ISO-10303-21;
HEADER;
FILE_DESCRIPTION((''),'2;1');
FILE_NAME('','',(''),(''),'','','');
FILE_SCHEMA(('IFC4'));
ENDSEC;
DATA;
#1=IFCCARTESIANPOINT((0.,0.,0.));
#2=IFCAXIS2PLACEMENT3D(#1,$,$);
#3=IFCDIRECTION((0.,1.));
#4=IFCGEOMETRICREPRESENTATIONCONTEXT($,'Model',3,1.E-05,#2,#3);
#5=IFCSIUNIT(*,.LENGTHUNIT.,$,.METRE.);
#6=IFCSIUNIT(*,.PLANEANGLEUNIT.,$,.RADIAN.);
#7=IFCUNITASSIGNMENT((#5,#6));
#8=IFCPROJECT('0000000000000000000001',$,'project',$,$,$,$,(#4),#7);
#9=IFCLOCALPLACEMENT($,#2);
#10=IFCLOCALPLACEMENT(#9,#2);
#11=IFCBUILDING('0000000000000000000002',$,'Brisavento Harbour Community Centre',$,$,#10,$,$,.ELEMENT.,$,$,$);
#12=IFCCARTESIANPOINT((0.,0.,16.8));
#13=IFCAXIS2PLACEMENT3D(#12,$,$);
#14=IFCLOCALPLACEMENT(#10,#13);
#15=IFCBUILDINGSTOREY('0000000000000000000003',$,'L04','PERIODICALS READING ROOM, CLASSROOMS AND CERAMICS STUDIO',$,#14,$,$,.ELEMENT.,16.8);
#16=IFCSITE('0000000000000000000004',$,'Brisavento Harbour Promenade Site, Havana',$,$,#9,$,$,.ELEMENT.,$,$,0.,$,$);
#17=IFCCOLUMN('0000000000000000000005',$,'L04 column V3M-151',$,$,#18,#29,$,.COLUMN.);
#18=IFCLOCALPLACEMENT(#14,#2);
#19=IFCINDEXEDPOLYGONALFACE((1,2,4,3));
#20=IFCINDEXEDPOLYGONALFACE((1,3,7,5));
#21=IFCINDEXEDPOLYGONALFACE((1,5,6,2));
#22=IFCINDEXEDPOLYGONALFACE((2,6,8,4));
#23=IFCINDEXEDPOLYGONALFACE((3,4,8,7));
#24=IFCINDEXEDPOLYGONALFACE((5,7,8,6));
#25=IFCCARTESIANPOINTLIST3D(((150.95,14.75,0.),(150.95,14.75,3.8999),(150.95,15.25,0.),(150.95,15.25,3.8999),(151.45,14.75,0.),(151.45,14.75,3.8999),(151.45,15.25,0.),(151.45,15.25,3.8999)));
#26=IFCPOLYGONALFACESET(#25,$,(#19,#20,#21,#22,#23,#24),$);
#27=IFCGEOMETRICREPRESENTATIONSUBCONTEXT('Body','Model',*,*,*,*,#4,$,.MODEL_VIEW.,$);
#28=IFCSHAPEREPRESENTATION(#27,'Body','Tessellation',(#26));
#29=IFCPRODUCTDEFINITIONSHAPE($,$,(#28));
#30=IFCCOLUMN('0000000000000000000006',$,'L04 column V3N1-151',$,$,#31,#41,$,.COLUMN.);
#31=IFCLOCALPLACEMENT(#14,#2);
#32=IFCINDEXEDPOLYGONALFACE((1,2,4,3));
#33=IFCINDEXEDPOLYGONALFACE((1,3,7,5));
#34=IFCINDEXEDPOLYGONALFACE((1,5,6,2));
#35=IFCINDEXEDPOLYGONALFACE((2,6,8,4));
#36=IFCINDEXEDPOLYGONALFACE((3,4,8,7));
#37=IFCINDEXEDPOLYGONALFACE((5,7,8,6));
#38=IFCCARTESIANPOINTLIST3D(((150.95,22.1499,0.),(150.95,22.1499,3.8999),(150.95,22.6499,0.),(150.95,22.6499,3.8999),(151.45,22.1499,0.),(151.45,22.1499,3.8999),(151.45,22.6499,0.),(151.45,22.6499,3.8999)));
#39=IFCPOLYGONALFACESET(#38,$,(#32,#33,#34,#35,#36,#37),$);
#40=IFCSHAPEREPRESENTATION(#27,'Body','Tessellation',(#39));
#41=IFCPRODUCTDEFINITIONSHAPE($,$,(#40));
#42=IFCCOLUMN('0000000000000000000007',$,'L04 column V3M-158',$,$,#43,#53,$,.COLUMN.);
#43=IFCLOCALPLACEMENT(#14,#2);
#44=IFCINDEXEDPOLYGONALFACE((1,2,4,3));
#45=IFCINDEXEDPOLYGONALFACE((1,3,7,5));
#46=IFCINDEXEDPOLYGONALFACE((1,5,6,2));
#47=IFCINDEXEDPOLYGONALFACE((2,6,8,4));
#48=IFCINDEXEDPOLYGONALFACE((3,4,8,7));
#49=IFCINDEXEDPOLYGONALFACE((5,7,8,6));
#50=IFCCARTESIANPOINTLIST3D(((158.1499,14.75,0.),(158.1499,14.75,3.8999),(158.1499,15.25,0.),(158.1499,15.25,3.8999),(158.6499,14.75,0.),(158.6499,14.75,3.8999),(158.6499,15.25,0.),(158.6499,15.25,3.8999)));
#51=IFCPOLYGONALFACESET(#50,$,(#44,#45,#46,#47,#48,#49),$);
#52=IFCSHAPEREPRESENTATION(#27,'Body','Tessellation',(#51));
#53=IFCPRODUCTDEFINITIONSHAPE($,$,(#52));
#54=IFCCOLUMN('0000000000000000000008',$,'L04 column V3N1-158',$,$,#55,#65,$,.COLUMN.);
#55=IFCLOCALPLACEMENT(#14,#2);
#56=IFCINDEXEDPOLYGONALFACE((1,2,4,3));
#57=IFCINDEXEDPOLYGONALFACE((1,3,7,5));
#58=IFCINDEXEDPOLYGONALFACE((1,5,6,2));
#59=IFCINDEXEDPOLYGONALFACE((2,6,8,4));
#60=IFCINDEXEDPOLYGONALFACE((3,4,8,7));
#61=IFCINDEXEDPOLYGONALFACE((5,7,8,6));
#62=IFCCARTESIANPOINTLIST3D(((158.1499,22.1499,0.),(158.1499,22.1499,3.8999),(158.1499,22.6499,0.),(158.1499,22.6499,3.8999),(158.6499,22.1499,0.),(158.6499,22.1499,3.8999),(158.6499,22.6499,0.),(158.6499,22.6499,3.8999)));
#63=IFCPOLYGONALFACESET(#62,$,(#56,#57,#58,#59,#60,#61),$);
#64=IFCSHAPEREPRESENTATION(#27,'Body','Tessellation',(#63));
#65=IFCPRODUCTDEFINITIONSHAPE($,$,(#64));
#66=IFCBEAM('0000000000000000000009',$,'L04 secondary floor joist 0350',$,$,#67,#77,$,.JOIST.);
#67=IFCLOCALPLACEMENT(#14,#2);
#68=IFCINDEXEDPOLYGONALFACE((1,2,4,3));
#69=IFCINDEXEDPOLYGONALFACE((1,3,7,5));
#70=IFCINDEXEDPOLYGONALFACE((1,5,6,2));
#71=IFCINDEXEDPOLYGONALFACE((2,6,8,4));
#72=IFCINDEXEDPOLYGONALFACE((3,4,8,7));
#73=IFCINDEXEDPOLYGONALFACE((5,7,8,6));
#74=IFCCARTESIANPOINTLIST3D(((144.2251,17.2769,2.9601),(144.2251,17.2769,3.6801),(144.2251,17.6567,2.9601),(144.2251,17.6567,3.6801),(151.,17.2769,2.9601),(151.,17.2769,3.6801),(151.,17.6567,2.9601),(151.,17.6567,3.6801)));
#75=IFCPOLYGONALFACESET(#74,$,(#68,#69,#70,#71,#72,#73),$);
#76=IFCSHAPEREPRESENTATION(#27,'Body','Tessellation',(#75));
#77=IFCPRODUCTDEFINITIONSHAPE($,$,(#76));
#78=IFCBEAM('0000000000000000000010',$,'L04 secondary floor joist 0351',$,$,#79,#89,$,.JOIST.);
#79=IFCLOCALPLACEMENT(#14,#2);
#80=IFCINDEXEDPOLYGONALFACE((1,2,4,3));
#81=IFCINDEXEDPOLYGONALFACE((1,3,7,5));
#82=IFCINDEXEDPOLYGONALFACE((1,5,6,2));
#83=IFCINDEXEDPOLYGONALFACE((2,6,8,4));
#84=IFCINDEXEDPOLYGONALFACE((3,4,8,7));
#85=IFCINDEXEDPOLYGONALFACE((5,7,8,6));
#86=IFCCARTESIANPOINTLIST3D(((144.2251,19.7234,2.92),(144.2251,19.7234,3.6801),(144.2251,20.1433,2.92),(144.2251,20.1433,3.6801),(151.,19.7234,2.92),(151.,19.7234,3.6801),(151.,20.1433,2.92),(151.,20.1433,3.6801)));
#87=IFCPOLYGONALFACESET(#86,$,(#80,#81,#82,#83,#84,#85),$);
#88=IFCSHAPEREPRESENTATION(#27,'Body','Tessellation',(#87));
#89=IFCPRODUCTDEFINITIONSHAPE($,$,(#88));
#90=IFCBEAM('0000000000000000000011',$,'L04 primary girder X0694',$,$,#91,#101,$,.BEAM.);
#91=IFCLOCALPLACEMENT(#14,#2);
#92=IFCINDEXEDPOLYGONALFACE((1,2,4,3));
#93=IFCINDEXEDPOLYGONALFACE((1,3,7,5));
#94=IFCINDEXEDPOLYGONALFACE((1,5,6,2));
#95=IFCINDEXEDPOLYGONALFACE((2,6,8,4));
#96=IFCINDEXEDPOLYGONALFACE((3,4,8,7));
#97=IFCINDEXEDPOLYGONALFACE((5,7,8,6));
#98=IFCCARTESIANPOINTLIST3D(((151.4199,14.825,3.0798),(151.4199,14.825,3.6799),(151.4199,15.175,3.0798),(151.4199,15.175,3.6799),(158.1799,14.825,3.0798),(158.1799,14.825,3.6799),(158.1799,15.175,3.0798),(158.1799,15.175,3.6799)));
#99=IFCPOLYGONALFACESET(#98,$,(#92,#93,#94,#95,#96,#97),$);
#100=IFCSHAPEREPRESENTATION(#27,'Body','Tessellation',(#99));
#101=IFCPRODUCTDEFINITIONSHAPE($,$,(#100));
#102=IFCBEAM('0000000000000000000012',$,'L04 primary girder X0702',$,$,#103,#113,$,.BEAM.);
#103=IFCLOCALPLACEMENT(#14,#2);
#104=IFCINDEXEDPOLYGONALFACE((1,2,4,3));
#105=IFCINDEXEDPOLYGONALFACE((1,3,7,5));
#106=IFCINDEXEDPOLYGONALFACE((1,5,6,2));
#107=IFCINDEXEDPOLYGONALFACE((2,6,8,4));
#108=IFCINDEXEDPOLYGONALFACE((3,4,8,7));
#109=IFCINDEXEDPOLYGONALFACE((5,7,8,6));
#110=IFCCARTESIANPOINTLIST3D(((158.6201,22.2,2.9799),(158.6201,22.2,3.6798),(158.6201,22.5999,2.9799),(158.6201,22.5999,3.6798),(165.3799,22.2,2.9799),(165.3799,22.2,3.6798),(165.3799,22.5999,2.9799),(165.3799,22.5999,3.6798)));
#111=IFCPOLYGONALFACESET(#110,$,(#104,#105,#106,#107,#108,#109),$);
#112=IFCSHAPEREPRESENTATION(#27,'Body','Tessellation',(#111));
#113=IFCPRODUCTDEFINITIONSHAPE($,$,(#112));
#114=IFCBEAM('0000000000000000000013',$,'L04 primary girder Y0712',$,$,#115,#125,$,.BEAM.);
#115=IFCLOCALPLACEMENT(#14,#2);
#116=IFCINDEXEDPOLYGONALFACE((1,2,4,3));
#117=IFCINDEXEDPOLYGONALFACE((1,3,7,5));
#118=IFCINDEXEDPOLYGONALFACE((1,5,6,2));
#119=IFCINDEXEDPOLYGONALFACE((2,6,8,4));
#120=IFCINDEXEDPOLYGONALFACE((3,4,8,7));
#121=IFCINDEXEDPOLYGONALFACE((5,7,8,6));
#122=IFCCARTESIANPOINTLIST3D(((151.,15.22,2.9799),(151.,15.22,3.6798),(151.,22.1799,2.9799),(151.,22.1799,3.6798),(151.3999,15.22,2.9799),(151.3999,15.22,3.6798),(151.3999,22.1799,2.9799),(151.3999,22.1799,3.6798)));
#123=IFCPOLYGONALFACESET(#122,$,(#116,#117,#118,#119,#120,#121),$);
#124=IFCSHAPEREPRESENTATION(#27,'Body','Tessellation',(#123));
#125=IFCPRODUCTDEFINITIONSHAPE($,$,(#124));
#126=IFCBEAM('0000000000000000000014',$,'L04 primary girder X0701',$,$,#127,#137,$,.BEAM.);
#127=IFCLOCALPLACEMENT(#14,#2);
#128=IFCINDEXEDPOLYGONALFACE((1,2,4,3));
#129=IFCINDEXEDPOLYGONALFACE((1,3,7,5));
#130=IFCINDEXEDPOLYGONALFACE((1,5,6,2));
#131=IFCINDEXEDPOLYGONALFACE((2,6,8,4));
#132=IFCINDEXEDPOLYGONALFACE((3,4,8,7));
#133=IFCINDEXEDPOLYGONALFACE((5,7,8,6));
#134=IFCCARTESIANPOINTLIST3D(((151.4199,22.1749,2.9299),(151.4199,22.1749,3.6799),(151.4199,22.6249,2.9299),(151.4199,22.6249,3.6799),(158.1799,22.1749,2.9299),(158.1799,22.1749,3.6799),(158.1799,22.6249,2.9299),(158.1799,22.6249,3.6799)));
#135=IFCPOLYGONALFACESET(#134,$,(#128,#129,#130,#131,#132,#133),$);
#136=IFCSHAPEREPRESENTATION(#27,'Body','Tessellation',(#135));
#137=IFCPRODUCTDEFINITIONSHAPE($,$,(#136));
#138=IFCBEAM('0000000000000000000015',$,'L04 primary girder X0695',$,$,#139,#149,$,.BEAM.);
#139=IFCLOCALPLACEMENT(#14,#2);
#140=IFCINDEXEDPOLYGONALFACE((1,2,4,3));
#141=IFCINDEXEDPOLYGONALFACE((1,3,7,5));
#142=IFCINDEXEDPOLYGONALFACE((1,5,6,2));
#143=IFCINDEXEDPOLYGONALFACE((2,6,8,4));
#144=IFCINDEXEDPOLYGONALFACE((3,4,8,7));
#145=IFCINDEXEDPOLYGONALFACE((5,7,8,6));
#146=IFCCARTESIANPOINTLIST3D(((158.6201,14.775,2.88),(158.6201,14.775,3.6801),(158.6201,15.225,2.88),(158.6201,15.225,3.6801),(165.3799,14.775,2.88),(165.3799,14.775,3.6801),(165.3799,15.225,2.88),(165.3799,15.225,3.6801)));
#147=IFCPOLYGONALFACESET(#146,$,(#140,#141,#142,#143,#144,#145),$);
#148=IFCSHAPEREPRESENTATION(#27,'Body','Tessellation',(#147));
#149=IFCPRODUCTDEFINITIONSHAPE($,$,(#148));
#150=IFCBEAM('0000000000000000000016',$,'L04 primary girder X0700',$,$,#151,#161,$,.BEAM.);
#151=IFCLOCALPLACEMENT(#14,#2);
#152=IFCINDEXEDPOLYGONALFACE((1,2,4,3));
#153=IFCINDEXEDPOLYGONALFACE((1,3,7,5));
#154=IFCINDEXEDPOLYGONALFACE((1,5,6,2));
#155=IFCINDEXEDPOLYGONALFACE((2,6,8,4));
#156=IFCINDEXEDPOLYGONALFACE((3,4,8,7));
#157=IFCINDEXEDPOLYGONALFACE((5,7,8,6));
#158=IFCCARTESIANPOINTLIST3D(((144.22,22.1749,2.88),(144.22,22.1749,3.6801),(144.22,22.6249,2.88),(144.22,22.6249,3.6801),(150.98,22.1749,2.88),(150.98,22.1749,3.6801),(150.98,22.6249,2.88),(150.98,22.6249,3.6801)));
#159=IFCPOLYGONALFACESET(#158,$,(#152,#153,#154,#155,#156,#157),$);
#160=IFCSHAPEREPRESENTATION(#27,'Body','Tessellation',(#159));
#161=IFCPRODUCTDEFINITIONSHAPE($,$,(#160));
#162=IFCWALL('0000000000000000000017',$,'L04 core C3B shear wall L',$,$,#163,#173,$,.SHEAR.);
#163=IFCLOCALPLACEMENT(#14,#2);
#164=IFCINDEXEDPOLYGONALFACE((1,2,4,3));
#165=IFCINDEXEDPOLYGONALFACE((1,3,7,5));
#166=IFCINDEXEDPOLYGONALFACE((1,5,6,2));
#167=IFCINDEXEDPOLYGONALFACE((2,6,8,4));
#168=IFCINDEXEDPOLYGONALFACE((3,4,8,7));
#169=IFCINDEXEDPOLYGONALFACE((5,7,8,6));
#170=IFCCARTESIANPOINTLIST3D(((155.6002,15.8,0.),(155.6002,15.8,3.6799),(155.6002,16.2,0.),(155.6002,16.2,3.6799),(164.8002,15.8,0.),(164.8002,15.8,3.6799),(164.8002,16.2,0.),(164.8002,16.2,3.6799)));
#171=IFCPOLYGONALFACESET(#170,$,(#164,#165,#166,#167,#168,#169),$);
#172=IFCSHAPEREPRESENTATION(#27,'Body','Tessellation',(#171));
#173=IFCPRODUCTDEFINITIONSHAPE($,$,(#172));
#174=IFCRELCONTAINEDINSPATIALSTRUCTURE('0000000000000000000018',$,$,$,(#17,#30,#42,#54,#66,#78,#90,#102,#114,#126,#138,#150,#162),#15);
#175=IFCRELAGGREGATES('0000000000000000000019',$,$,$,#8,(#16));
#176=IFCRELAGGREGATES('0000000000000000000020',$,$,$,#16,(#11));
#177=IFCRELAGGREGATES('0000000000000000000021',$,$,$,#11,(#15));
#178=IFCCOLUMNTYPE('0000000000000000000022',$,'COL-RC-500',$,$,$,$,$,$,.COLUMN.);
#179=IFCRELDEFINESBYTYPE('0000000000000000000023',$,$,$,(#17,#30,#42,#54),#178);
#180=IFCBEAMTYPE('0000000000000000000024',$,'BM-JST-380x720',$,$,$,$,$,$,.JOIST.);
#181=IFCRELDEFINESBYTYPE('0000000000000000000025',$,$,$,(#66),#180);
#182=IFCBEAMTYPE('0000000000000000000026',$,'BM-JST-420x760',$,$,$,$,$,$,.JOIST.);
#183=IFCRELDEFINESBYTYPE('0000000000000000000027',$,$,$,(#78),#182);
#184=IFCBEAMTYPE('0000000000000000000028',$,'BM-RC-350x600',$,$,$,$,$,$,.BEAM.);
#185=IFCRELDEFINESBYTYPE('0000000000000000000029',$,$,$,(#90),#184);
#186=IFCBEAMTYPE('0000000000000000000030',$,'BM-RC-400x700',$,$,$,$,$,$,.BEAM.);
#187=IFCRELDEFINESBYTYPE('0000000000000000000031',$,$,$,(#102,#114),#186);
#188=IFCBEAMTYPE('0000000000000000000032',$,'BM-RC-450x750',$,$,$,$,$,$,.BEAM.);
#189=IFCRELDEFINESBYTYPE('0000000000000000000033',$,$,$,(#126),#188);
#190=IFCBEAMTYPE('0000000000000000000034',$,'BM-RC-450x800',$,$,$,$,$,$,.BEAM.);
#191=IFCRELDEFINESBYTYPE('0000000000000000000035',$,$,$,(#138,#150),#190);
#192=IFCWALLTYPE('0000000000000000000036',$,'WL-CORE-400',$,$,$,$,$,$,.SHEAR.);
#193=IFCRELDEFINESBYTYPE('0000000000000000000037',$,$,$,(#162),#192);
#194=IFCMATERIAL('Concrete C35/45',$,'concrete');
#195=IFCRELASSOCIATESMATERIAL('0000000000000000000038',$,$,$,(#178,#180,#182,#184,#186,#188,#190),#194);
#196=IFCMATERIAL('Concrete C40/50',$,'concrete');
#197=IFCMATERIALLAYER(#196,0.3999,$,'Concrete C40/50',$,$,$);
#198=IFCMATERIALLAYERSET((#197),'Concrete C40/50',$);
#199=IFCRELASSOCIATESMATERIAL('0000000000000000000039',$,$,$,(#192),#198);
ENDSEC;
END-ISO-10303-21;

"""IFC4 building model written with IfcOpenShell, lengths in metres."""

from ifc_helpers import new_model, si_unit, direction, frame, frame_2d, origin, origin_2d, place, context, subcontext, project, spatial, rectangle, extrude, material, layer, layer_set, material_profile, profile_set, type_object, element, save


model = new_model("IFC4")

# Units and contexts
model_context = context("Model", 3, precision=1e-05, world=origin(), true_north=direction((0.0, 1.0)))
body_context = subcontext(model_context, "Body", "Model", "MODEL_VIEW")
ifc_project = project(units=[si_unit("LENGTHUNIT", "METRE"), si_unit("PLANEANGLEUNIT", "RADIAN")], contexts=[model_context])

# Site, building, storey
site_placement = place(None, origin())
site = spatial("IfcSite", under=ifc_project, at=site_placement, Name="Brisavento Harbour Promenade Site, Havana", CompositionType="ELEMENT", RefElevation=0.0)
building_placement = place(site_placement, origin())
building = spatial("IfcBuilding", under=site, at=building_placement, Name="Brisavento Harbour Community Centre", CompositionType="ELEMENT")
storey_placement = place(building_placement, frame((0.0, 0.0, 16.8)))
storey = spatial("IfcBuildingStorey", under=building, at=storey_placement, Name="L04", Description="PERIODICALS READING ROOM, CLASSROOMS AND CERAMICS STUDIO", CompositionType="ELEMENT", Elevation=16.8)

# Columns
ifc_material_1 = material(Name="Concrete C35/45", Category="concrete")
ifc_material_profile_1 = material_profile(ifc_material_1, rectangle(XDim=0.5, YDim=0.5, at=origin_2d()), Name="Concrete C35/45")
ifc_profile_set_1 = profile_set([ifc_material_profile_1], Name="Concrete C35/45")
column_type = type_object("IfcColumnType", Name="COL-RC-500", PredefinedType="COLUMN", material=ifc_profile_set_1)
for number, where, z_axis, x_axis, name in (
    (1, (151.2, 15.0, 0.0), (0.0, 0.0, 1.0), (1.0, 0.0, 0.0), "L04 column V3M-151"),
    (2, (151.2, 22.3999, 0.0), (0.0, 0.0, 1.0), (1.0, 0.0, 0.0), "L04 column V3N1-151"),
    (3, (158.3999, 15.0, 0.0), (0.0, 0.0, 1.0), (1.0, 0.0, 0.0), "L04 column V3M-158"),
    (4, (158.3999, 22.3999, 0.0), (0.0, 0.0, 1.0), (1.0, 0.0, 0.0), "L04 column V3N1-158"),
):
    element("IfcColumn", number, at=place(storey_placement, frame(where, z_axis=z_axis, x_axis=x_axis)), inside=storey, type_object=column_type, Name=name, PredefinedType="COLUMN", context=body_context, shape_type="SweptSolid", body=[
        extrude(rectangle(XDim=0.5, YDim=0.5, at=origin_2d()), origin(), (0.0, 0.0, 1.0), 3.8999),
    ])

# Beams
ifc_material_profile_2 = material_profile(ifc_material_1, rectangle(XDim=0.3799, YDim=0.72, at=origin_2d()), Name="Concrete C35/45")
ifc_profile_set_2 = profile_set([ifc_material_profile_2], Name="Concrete C35/45")
beam_type_1 = type_object("IfcBeamType", Name="BM-JST-380x720", PredefinedType="JOIST", material=ifc_profile_set_2)
beam_1_placement = place(storey_placement, frame((144.2251, 17.4668, 3.3201), z_axis=(1.0, 0.0, 0.0), x_axis=(0.0, 1.0, 0.0)))
element("IfcBeam", 5, at=beam_1_placement, inside=storey, type_object=beam_type_1, Name="L04 secondary floor joist 0350", PredefinedType="JOIST", context=body_context, shape_type="SweptSolid", body=[
    extrude(rectangle(XDim=0.3799, YDim=0.72, at=origin_2d()), origin(), (0.0, 0.0, 1.0), 6.7749),
])
ifc_material_profile_3 = material_profile(ifc_material_1, rectangle(XDim=0.4199, YDim=0.76, at=origin_2d()), Name="Concrete C35/45")
ifc_profile_set_3 = profile_set([ifc_material_profile_3], Name="Concrete C35/45")
beam_type_2 = type_object("IfcBeamType", Name="BM-JST-420x760", PredefinedType="JOIST", material=ifc_profile_set_3)
beam_2_placement = place(storey_placement, frame((144.2251, 19.9333, 3.3), z_axis=(1.0, 0.0, 0.0), x_axis=(0.0, 1.0, 0.0)))
element("IfcBeam", 6, at=beam_2_placement, inside=storey, type_object=beam_type_2, Name="L04 secondary floor joist 0351", PredefinedType="JOIST", context=body_context, shape_type="SweptSolid", body=[
    extrude(rectangle(XDim=0.4199, YDim=0.76, at=origin_2d()), origin(), (0.0, 0.0, 1.0), 6.7749),
])
ifc_material_profile_4 = material_profile(ifc_material_1, rectangle(XDim=0.3501, YDim=0.6001, at=origin_2d()), Name="Concrete C35/45")
ifc_profile_set_4 = profile_set([ifc_material_profile_4], Name="Concrete C35/45")
beam_type_3 = type_object("IfcBeamType", Name="BM-RC-350x600", PredefinedType="BEAM", material=ifc_profile_set_4)
beam_3_placement = place(storey_placement, frame((151.4199, 15.0, 3.3799), z_axis=(1.0, 0.0, 0.0), x_axis=(0.0, 1.0, 0.0)))
element("IfcBeam", 7, at=beam_3_placement, inside=storey, type_object=beam_type_3, Name="L04 primary girder X0694", PredefinedType="BEAM", context=body_context, shape_type="SweptSolid", body=[
    extrude(rectangle(XDim=0.3501, YDim=0.6001, at=origin_2d()), origin(), (0.0, 0.0, 1.0), 6.76),
])
ifc_material_profile_5 = material_profile(ifc_material_1, rectangle(XDim=0.3999, YDim=0.7, at=origin_2d()), Name="Concrete C35/45")
ifc_profile_set_5 = profile_set([ifc_material_profile_5], Name="Concrete C35/45")
beam_type_4 = type_object("IfcBeamType", Name="BM-RC-400x700", PredefinedType="BEAM", material=ifc_profile_set_5)
beam_4_placement = place(storey_placement, frame((158.6201, 22.3999, 3.3298), z_axis=(1.0, 0.0, 0.0), x_axis=(0.0, 1.0, 0.0)))
element("IfcBeam", 8, at=beam_4_placement, inside=storey, type_object=beam_type_4, Name="L04 primary girder X0702", PredefinedType="BEAM", context=body_context, shape_type="SweptSolid", body=[
    extrude(rectangle(XDim=0.3999, YDim=0.7, at=origin_2d()), origin(), (0.0, 0.0, 1.0), 6.7598),
])
beam_5_placement = place(storey_placement, frame((151.2, 15.22, 3.3298), z_axis=(0.0, 1.0, 0.0), x_axis=(-1.0, 0.0, 0.0)))
element("IfcBeam", 9, at=beam_5_placement, inside=storey, type_object=beam_type_4, Name="L04 primary girder Y0712", PredefinedType="BEAM", context=body_context, shape_type="SweptSolid", body=[
    extrude(rectangle(XDim=0.3999, YDim=0.7, at=origin_2d()), origin(), (0.0, 0.0, 1.0), 6.96),
])
ifc_material_profile_6 = material_profile(ifc_material_1, rectangle(XDim=0.45, YDim=0.75, at=origin_2d()), Name="Concrete C35/45")
ifc_profile_set_6 = profile_set([ifc_material_profile_6], Name="Concrete C35/45")
beam_type_5 = type_object("IfcBeamType", Name="BM-RC-450x750", PredefinedType="BEAM", material=ifc_profile_set_6)
beam_6_placement = place(storey_placement, frame((151.4199, 22.3999, 3.3049), z_axis=(1.0, 0.0, 0.0), x_axis=(0.0, 1.0, 0.0)))
element("IfcBeam", 10, at=beam_6_placement, inside=storey, type_object=beam_type_5, Name="L04 primary girder X0701", PredefinedType="BEAM", context=body_context, shape_type="SweptSolid", body=[
    extrude(rectangle(XDim=0.45, YDim=0.75, at=origin_2d()), origin(), (0.0, 0.0, 1.0), 6.76),
])
ifc_material_profile_7 = material_profile(ifc_material_1, rectangle(XDim=0.45, YDim=0.8, at=origin_2d()), Name="Concrete C35/45")
ifc_profile_set_7 = profile_set([ifc_material_profile_7], Name="Concrete C35/45")
beam_type_6 = type_object("IfcBeamType", Name="BM-RC-450x800", PredefinedType="BEAM", material=ifc_profile_set_7)
beam_7_placement = place(storey_placement, frame((158.6201, 15.0, 3.28), z_axis=(1.0, 0.0, 0.0), x_axis=(0.0, 1.0, 0.0)))
element("IfcBeam", 11, at=beam_7_placement, inside=storey, type_object=beam_type_6, Name="L04 primary girder X0695", PredefinedType="BEAM", context=body_context, shape_type="SweptSolid", body=[
    extrude(rectangle(XDim=0.45, YDim=0.8, at=origin_2d()), origin(), (0.0, 0.0, 1.0), 6.7598),
])
beam_8_placement = place(storey_placement, frame((144.22, 22.3999, 3.28), z_axis=(1.0, 0.0, 0.0), x_axis=(0.0, 1.0, 0.0)))
element("IfcBeam", 12, at=beam_8_placement, inside=storey, type_object=beam_type_6, Name="L04 primary girder X0700", PredefinedType="BEAM", context=body_context, shape_type="SweptSolid", body=[
    extrude(rectangle(XDim=0.45, YDim=0.8, at=origin_2d()), origin(), (0.0, 0.0, 1.0), 6.76),
])

# Wall
ifc_material_2 = material(Name="Concrete C40/50", Category="concrete")
ifc_layer_1 = layer(ifc_material_2, 0.3999, Name="Concrete C40/50")
ifc_layer_set_1 = layer_set([ifc_layer_1], Name="Concrete C40/50")
wall_type_1 = type_object("IfcWallType", Name="WL-CORE-400", PredefinedType="SHEAR", material=ifc_layer_set_1)
wall_1_placement = place(storey_placement, frame((155.6001, 16.0, 0.0), z_axis=(0.0, 0.0, 1.0), x_axis=(1.0, 0.0, 0.0)))
element("IfcWall", 13, at=wall_1_placement, inside=storey, type_object=wall_type_1, Name="L04 core C3B shear wall L", PredefinedType="SHEAR", context=body_context, shape_type="SweptSolid", body=[
    extrude(rectangle(XDim=9.2, YDim=0.3999, at=frame_2d((4.6001, 0.0))), origin(), (0.0, 0.0, 1.0), 3.6799),
])

save(model, "model.ifc")
